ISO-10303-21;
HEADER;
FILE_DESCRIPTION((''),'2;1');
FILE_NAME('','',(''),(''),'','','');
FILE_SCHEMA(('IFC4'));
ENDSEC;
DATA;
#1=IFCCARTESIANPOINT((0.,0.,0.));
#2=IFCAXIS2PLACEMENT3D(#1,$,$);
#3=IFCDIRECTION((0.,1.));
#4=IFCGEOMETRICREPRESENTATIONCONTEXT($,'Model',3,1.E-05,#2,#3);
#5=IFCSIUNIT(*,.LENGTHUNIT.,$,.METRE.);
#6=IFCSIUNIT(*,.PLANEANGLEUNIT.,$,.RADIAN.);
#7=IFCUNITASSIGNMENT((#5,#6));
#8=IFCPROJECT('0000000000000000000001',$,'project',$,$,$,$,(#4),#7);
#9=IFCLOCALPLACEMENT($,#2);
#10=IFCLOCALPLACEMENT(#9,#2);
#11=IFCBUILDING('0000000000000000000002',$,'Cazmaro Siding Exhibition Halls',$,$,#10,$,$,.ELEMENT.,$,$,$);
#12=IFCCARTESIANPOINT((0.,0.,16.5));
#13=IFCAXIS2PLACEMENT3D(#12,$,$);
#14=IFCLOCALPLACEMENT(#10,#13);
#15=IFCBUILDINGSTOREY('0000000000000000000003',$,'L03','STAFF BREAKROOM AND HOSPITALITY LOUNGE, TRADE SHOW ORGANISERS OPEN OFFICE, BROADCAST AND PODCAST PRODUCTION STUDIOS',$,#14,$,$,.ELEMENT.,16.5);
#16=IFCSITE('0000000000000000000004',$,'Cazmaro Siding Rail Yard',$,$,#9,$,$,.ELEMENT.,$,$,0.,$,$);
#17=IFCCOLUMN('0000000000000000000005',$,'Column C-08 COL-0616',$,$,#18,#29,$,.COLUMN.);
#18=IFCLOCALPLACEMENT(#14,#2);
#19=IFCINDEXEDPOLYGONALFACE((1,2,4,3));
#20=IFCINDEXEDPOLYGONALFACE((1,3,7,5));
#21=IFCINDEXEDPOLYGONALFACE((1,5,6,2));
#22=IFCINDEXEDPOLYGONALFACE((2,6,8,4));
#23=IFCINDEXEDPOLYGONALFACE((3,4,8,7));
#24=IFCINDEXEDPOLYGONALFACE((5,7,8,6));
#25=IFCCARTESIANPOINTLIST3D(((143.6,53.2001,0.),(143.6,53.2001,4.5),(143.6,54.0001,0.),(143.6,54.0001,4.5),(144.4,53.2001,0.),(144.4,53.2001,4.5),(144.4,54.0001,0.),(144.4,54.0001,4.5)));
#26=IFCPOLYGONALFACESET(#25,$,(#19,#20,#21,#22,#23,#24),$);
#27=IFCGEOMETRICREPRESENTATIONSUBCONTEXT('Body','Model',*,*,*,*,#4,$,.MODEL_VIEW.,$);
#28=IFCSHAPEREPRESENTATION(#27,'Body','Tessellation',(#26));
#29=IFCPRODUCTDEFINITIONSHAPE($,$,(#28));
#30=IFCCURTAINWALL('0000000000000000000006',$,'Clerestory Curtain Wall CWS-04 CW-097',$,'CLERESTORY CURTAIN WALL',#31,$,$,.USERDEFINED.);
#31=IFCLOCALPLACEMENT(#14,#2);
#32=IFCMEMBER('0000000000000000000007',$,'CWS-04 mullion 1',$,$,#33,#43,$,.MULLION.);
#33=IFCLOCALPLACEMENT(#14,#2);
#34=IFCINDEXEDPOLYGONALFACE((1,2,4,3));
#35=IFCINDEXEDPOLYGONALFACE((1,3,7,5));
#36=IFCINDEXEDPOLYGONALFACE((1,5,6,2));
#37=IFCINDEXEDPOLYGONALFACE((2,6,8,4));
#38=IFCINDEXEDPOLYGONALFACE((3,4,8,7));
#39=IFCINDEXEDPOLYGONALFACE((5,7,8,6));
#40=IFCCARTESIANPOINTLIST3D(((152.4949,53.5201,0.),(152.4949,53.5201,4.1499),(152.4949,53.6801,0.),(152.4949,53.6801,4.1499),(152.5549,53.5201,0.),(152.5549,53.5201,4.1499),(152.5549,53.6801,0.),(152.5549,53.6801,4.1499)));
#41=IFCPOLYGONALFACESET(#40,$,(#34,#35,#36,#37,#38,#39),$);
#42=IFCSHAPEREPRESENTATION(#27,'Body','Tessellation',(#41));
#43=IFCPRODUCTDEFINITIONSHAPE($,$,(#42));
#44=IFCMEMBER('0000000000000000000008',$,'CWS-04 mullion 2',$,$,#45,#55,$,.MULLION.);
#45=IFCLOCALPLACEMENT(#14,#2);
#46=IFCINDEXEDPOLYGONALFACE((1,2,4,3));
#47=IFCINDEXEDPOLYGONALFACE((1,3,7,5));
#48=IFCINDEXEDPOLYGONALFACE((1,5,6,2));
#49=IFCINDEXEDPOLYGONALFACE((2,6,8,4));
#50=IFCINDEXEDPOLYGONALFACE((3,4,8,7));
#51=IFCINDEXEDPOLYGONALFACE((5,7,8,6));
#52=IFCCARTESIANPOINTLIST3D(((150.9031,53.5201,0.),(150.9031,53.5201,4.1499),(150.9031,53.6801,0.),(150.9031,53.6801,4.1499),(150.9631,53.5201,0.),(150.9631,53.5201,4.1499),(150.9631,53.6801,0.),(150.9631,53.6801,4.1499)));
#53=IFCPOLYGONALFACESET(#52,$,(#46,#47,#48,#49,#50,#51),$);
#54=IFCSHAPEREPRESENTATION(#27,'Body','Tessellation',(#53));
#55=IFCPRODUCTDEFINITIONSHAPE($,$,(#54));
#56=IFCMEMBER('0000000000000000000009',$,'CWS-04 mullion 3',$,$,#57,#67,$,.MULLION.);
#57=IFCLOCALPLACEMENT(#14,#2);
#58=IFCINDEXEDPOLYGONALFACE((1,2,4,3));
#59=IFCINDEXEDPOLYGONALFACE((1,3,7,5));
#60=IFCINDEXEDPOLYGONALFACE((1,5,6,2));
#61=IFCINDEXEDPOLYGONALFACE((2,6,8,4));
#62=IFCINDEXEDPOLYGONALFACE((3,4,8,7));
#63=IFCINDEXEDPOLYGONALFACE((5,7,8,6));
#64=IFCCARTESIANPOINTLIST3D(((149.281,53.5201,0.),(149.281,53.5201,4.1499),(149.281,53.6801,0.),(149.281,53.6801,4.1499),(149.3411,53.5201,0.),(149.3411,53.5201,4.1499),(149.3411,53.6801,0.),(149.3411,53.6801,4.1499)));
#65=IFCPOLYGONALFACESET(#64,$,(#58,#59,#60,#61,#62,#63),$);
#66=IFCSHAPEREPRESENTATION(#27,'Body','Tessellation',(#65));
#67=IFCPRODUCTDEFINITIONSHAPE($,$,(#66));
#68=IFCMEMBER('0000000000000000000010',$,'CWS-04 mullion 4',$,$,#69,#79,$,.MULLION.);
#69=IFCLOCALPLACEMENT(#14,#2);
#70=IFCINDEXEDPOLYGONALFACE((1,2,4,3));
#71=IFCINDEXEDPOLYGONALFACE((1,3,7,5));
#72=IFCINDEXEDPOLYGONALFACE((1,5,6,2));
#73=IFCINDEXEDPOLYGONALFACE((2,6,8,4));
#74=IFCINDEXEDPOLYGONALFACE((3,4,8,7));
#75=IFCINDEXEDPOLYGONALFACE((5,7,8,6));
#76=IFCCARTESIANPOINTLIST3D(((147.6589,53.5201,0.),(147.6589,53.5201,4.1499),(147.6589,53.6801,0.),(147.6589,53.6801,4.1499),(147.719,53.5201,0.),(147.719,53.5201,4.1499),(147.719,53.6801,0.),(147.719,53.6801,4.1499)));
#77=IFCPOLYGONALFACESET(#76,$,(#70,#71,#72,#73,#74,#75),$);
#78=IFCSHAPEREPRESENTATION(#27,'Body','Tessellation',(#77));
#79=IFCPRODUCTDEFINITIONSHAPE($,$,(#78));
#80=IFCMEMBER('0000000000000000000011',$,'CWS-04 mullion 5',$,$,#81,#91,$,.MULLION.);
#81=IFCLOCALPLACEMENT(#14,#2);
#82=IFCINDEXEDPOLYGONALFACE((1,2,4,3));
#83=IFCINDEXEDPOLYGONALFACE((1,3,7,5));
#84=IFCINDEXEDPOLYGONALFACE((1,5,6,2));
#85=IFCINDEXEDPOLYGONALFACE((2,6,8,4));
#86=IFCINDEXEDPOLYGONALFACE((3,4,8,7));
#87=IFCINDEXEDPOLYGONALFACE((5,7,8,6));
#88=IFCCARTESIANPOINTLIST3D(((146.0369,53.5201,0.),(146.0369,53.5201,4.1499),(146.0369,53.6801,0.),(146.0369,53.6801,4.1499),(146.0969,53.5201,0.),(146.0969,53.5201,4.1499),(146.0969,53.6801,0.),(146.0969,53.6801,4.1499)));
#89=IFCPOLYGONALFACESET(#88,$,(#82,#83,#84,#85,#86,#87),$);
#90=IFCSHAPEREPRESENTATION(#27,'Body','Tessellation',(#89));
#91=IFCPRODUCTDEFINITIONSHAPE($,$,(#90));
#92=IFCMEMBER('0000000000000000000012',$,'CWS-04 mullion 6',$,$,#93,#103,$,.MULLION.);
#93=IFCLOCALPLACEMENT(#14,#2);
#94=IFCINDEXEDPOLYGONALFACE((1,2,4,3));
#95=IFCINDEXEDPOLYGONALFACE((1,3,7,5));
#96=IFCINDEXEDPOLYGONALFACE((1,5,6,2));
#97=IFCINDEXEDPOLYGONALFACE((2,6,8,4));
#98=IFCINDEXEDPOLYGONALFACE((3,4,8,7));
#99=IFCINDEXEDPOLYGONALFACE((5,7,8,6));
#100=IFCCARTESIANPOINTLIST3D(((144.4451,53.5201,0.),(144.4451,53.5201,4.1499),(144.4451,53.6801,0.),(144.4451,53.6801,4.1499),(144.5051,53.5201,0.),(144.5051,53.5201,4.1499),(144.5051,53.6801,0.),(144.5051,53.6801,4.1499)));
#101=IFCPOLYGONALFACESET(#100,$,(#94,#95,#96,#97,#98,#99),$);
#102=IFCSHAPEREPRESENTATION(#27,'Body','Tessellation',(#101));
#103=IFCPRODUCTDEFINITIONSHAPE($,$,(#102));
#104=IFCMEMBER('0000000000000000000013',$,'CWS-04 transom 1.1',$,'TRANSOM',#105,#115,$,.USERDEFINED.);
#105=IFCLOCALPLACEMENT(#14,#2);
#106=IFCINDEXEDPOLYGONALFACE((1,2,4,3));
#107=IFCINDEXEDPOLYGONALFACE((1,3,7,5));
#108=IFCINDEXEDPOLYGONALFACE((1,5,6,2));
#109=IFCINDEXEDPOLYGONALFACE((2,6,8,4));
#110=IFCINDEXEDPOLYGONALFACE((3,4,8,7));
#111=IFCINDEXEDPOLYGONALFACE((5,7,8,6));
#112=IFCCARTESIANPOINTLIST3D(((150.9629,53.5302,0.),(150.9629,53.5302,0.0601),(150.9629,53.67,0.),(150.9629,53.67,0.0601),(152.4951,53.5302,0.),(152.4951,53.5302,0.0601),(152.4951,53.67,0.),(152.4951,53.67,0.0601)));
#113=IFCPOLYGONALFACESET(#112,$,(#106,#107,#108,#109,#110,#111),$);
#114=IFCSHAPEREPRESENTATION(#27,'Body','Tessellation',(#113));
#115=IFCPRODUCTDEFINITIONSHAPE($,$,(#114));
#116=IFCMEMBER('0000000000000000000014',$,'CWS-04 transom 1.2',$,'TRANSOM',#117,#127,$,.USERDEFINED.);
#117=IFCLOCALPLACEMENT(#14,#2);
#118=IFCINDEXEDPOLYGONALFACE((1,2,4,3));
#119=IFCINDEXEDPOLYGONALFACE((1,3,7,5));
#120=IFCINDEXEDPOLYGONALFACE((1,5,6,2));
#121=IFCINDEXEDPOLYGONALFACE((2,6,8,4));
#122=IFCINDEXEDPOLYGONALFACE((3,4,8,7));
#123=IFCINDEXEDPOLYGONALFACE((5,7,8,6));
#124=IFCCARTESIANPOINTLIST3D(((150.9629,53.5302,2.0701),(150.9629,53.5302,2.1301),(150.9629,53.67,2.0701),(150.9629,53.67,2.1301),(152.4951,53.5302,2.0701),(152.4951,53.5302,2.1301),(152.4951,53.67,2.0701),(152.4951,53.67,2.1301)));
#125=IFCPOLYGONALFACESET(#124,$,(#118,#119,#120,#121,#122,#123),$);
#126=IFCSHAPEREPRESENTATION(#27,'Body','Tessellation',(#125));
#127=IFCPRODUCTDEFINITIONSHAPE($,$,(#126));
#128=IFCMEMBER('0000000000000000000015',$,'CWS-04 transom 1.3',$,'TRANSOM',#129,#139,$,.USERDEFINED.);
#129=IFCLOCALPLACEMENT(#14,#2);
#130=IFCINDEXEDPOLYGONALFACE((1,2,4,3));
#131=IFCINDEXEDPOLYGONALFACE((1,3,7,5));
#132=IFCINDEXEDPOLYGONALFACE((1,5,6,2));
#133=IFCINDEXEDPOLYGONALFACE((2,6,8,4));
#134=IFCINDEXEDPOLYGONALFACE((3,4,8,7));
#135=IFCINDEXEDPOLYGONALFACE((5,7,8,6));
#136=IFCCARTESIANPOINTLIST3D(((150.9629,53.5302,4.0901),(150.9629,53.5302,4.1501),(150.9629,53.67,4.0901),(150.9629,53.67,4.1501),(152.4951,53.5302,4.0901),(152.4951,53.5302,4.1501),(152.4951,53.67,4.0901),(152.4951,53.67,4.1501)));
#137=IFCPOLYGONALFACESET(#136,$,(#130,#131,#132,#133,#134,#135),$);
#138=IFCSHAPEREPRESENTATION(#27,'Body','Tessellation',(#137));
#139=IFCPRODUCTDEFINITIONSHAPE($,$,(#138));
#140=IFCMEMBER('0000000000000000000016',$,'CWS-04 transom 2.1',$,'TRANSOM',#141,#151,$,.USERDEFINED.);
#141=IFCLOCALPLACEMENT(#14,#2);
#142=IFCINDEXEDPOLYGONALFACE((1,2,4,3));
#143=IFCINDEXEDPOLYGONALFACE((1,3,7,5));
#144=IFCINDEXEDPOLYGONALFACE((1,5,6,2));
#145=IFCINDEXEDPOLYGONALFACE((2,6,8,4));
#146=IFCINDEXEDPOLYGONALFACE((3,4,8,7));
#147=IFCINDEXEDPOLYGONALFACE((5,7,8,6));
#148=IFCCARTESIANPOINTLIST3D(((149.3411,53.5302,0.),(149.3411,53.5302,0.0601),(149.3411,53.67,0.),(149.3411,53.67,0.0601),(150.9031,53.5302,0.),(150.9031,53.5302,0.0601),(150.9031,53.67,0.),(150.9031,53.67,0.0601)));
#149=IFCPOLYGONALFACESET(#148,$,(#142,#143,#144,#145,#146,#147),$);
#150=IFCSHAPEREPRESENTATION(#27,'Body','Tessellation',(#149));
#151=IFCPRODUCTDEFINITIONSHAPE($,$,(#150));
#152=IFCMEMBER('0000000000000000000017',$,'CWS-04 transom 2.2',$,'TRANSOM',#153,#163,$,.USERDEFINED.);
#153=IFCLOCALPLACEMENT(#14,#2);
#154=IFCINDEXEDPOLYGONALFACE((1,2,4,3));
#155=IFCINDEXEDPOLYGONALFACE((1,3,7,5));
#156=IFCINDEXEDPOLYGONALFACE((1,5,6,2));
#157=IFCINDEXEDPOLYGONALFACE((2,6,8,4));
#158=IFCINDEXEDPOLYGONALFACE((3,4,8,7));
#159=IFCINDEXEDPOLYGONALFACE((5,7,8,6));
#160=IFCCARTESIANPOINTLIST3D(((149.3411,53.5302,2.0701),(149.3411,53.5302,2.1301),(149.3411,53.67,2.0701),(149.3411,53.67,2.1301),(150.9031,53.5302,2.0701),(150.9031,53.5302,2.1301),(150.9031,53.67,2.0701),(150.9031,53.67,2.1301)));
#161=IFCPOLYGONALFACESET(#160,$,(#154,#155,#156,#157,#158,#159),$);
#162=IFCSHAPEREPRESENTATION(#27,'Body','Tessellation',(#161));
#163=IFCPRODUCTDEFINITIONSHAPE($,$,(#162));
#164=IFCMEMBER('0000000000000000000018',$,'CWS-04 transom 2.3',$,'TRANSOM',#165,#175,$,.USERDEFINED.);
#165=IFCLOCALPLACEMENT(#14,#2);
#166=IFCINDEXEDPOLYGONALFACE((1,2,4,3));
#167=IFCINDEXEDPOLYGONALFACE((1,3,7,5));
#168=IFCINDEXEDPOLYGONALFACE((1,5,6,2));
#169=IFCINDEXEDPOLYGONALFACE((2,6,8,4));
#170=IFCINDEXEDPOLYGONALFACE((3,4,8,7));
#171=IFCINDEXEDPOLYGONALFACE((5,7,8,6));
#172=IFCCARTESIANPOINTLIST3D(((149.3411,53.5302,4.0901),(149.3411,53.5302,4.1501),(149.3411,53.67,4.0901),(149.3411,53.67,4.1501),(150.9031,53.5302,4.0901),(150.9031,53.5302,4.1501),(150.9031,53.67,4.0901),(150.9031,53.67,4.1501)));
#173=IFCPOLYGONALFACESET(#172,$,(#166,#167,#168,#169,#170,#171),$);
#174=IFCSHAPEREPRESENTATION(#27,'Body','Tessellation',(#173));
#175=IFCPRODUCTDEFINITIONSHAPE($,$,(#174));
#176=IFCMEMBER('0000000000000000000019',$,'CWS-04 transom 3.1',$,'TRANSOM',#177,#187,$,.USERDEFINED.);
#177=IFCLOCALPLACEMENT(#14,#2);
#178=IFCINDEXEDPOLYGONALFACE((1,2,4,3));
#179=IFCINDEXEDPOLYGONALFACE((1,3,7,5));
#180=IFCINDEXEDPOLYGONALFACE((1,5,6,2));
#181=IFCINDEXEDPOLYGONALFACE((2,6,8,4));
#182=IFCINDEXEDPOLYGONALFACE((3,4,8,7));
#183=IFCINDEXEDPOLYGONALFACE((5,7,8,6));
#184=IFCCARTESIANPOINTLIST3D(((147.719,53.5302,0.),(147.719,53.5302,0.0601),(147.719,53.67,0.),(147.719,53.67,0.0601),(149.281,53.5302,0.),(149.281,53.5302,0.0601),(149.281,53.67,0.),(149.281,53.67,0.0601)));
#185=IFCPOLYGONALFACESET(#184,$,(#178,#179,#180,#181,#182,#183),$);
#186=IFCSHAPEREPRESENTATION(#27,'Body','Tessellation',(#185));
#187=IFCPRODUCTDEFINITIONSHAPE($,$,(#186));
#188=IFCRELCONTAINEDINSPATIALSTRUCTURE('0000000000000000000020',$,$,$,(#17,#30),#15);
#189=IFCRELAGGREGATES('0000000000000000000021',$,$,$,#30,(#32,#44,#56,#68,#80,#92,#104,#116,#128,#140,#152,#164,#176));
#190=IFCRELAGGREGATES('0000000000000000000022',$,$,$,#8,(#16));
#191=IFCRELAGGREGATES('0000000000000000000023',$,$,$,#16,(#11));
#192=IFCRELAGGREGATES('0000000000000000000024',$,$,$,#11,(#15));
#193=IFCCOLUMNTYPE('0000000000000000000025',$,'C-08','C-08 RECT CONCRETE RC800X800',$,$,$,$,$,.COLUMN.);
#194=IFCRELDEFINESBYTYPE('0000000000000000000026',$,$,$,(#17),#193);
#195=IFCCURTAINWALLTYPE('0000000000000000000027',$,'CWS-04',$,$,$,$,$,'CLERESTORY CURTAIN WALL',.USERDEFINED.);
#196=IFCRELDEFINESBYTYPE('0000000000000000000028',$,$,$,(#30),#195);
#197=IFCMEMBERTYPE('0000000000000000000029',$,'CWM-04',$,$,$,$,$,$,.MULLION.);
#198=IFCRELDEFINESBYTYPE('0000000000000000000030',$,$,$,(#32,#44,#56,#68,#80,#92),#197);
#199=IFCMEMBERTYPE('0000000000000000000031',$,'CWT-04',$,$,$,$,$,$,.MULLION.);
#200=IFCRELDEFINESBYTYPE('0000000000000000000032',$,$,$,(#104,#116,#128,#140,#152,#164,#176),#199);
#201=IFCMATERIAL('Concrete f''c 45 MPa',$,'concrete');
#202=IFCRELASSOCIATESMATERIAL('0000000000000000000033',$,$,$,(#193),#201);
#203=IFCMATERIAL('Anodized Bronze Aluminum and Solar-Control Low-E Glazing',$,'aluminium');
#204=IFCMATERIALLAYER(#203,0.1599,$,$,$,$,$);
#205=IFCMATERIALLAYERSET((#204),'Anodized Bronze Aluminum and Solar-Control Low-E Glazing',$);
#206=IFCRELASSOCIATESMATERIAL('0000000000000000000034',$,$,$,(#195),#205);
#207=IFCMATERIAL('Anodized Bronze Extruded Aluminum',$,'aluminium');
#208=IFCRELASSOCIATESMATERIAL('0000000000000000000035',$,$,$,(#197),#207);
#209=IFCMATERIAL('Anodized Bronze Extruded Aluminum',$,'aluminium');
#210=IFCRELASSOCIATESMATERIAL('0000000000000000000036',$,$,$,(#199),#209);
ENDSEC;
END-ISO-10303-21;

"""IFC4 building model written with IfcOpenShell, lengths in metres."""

from ifc_helpers import new_model, si_unit, direction, frame, origin, origin_2d, place, context, subcontext, project, spatial, rectangle, extrude, material, layer, layer_set, material_profile, profile_set, type_object, element, aggregate, save


model = new_model("IFC4")

# Units and contexts
model_context = context("Model", 3, precision=1e-05, world=origin(), true_north=direction((0.0, 1.0)))
body_context = subcontext(model_context, "Body", "Model", "MODEL_VIEW")
ifc_project = project(units=[si_unit("LENGTHUNIT", "METRE"), si_unit("PLANEANGLEUNIT", "RADIAN")], contexts=[model_context])

# Site, building, storey
site_placement = place(None, origin())
site = spatial("IfcSite", under=ifc_project, at=site_placement, Name="Cazmaro Siding Rail Yard", CompositionType="ELEMENT", RefElevation=0.0)
building_placement = place(site_placement, origin())
building = spatial("IfcBuilding", under=site, at=building_placement, Name="Cazmaro Siding Exhibition Halls", CompositionType="ELEMENT")
storey_placement = place(building_placement, frame((0.0, 0.0, 16.5)))
storey = spatial("IfcBuildingStorey", under=building, at=storey_placement, Name="L03", Description="STAFF BREAKROOM AND HOSPITALITY LOUNGE, TRADE SHOW ORGANISERS OPEN OFFICE, BROADCAST AND PODCAST PRODUCTION STUDIOS", CompositionType="ELEMENT", Elevation=16.5)

# Column
ifc_material_1 = material(Name="Concrete f'c 45 MPa", Category="concrete")
ifc_material_profile_1 = material_profile(ifc_material_1, rectangle(XDim=0.8, YDim=0.8, at=origin_2d()), Name="RC800X800")
ifc_profile_set_1 = profile_set([ifc_material_profile_1], Name="Concrete f'c 45 MPa")
column_type = type_object("IfcColumnType", Name="C-08", Description="C-08 RECT CONCRETE RC800X800", PredefinedType="COLUMN", material=ifc_profile_set_1)
column_placement = place(storey_placement, frame((144.0, 53.6001, 0.0), z_axis=(0.0, 0.0, 1.0), x_axis=(1.0, 0.0, 0.0)))
element("IfcColumn", 1, at=column_placement, inside=storey, type_object=column_type, Name="Column C-08 COL-0616", PredefinedType="COLUMN", context=body_context, shape_type="SweptSolid", body=[
    extrude(rectangle(XDim=0.8, YDim=0.8, at=origin_2d()), origin(), (0.0, 0.0, 1.0), 4.5),
])

# Curtain wall, members
ifc_material_2 = material(Name="Anodized Bronze Aluminum and Solar-Control Low-E Glazing", Category="aluminium")
ifc_layer_1 = layer(ifc_material_2, 0.1599)
ifc_layer_set_1 = layer_set([ifc_layer_1], Name="Anodized Bronze Aluminum and Solar-Control Low-E Glazing")
curtain_wall_type = type_object("IfcCurtainWallType", Name="CWS-04", ElementType="CLERESTORY CURTAIN WALL", PredefinedType="USERDEFINED", material=ifc_layer_set_1)
curtain_wall_placement = place(storey_placement, origin())
curtain_wall = element("IfcCurtainWall", 2, at=curtain_wall_placement, inside=storey, type_object=curtain_wall_type, Name="Clerestory Curtain Wall CWS-04 CW-097", ObjectType="CLERESTORY CURTAIN WALL", PredefinedType="USERDEFINED")
ifc_material_3 = material(Name="Anodized Bronze Extruded Aluminum", Category="aluminium")
ifc_material_profile_2 = material_profile(ifc_material_3, rectangle(XDim=0.1599, YDim=0.0601, at=origin_2d()), Name="CWM-04")
ifc_profile_set_2 = profile_set([ifc_material_profile_2], Name="Anodized Bronze Extruded Aluminum")
member_type_1 = type_object("IfcMemberType", Name="CWM-04", PredefinedType="MULLION", material=ifc_profile_set_2)
member_1_placement = place(storey_placement, frame((152.5249, 53.6001, 0.0), z_axis=(0.0, 0.0, 1.0), x_axis=(0.0, -1.0, 0.0)))
member_1 = element("IfcMember", 3, at=member_1_placement, type_object=member_type_1, Name="CWS-04 mullion 1", PredefinedType="MULLION", context=body_context, shape_type="SweptSolid", body=[
    extrude(rectangle(XDim=0.1599, YDim=0.0601, at=origin_2d()), origin(), (0.0, 0.0, 1.0), 4.1499),
])
member_2_placement = place(storey_placement, frame((150.9331, 53.6001, 0.0), z_axis=(0.0, 0.0, 1.0), x_axis=(0.0, -1.0, 0.0)))
member_2 = element("IfcMember", 4, at=member_2_placement, type_object=member_type_1, Name="CWS-04 mullion 2", PredefinedType="MULLION", context=body_context, shape_type="SweptSolid", body=[
    extrude(rectangle(XDim=0.1599, YDim=0.0601, at=origin_2d()), origin(), (0.0, 0.0, 1.0), 4.1499),
])
member_3_placement = place(storey_placement, frame((149.311, 53.6001, 0.0), z_axis=(0.0, 0.0, 1.0), x_axis=(0.0, -1.0, 0.0)))
member_3 = element("IfcMember", 5, at=member_3_placement, type_object=member_type_1, Name="CWS-04 mullion 3", PredefinedType="MULLION", context=body_context, shape_type="SweptSolid", body=[
    extrude(rectangle(XDim=0.1599, YDim=0.0601, at=origin_2d()), origin(), (0.0, 0.0, 1.0), 4.1499),
])
member_4_placement = place(storey_placement, frame((147.689, 53.6001, 0.0), z_axis=(0.0, 0.0, 1.0), x_axis=(0.0, -1.0, 0.0)))
member_4 = element("IfcMember", 6, at=member_4_placement, type_object=member_type_1, Name="CWS-04 mullion 4", PredefinedType="MULLION", context=body_context, shape_type="SweptSolid", body=[
    extrude(rectangle(XDim=0.1599, YDim=0.0601, at=origin_2d()), origin(), (0.0, 0.0, 1.0), 4.1499),
])
member_5_placement = place(storey_placement, frame((146.0669, 53.6001, 0.0), z_axis=(0.0, 0.0, 1.0), x_axis=(0.0, -1.0, 0.0)))
member_5 = element("IfcMember", 7, at=member_5_placement, type_object=member_type_1, Name="CWS-04 mullion 5", PredefinedType="MULLION", context=body_context, shape_type="SweptSolid", body=[
    extrude(rectangle(XDim=0.1599, YDim=0.0601, at=origin_2d()), origin(), (0.0, 0.0, 1.0), 4.1499),
])
member_6_placement = place(storey_placement, frame((144.4751, 53.6001, 0.0), z_axis=(0.0, 0.0, 1.0), x_axis=(0.0, -1.0, 0.0)))
member_6 = element("IfcMember", 8, at=member_6_placement, type_object=member_type_1, Name="CWS-04 mullion 6", PredefinedType="MULLION", context=body_context, shape_type="SweptSolid", body=[
    extrude(rectangle(XDim=0.1599, YDim=0.0601, at=origin_2d()), origin(), (0.0, 0.0, 1.0), 4.1499),
])
ifc_material_4 = material(Name="Anodized Bronze Extruded Aluminum", Category="aluminium")
ifc_material_profile_3 = material_profile(ifc_material_4, rectangle(XDim=0.1399, YDim=0.0601, at=origin_2d()), Name="CWT-04")
ifc_profile_set_3 = profile_set([ifc_material_profile_3], Name="Anodized Bronze Extruded Aluminum")
member_type_2 = type_object("IfcMemberType", Name="CWT-04", PredefinedType="MULLION", material=ifc_profile_set_3)
member_7_placement = place(storey_placement, frame((152.4951, 53.6001, 0.03), z_axis=(-1.0, 0.0, 0.0), x_axis=(0.0, -1.0, 0.0)))
member_7 = element("IfcMember", 9, at=member_7_placement, type_object=member_type_2, Name="CWS-04 transom 1.1", ObjectType="TRANSOM", PredefinedType="USERDEFINED", context=body_context, shape_type="SweptSolid", body=[
    extrude(rectangle(XDim=0.1399, YDim=0.0601, at=origin_2d()), origin(), (0.0, 0.0, 1.0), 1.5322),
])
member_8_placement = place(storey_placement, frame((152.4951, 53.6001, 2.1001), z_axis=(-1.0, 0.0, 0.0), x_axis=(0.0, -1.0, 0.0)))
member_8 = element("IfcMember", 10, at=member_8_placement, type_object=member_type_2, Name="CWS-04 transom 1.2", ObjectType="TRANSOM", PredefinedType="USERDEFINED", context=body_context, shape_type="SweptSolid", body=[
    extrude(rectangle(XDim=0.1399, YDim=0.0601, at=origin_2d()), origin(), (0.0, 0.0, 1.0), 1.5322),
])
member_9_placement = place(storey_placement, frame((152.4951, 53.6001, 4.1201), z_axis=(-1.0, 0.0, 0.0), x_axis=(0.0, -1.0, 0.0)))
member_9 = element("IfcMember", 11, at=member_9_placement, type_object=member_type_2, Name="CWS-04 transom 1.3", ObjectType="TRANSOM", PredefinedType="USERDEFINED", context=body_context, shape_type="SweptSolid", body=[
    extrude(rectangle(XDim=0.1399, YDim=0.0601, at=origin_2d()), origin(), (0.0, 0.0, 1.0), 1.5322),
])
member_10_placement = place(storey_placement, frame((150.9031, 53.6001, 0.03), z_axis=(-1.0, 0.0, 0.0), x_axis=(0.0, -1.0, 0.0)))
member_10 = element("IfcMember", 12, at=member_10_placement, type_object=member_type_2, Name="CWS-04 transom 2.1", ObjectType="TRANSOM", PredefinedType="USERDEFINED", context=body_context, shape_type="SweptSolid", body=[
    extrude(rectangle(XDim=0.1399, YDim=0.0601, at=origin_2d()), origin(), (0.0, 0.0, 1.0), 1.562),
])
member_11_placement = place(storey_placement, frame((150.9031, 53.6001, 2.1001), z_axis=(-1.0, 0.0, 0.0), x_axis=(0.0, -1.0, 0.0)))
member_11 = element("IfcMember", 13, at=member_11_placement, type_object=member_type_2, Name="CWS-04 transom 2.2", ObjectType="TRANSOM", PredefinedType="USERDEFINED", context=body_context, shape_type="SweptSolid", body=[
    extrude(rectangle(XDim=0.1399, YDim=0.0601, at=origin_2d()), origin(), (0.0, 0.0, 1.0), 1.562),
])
member_12_placement = place(storey_placement, frame((150.9031, 53.6001, 4.1201), z_axis=(-1.0, 0.0, 0.0), x_axis=(0.0, -1.0, 0.0)))
member_12 = element("IfcMember", 14, at=member_12_placement, type_object=member_type_2, Name="CWS-04 transom 2.3", ObjectType="TRANSOM", PredefinedType="USERDEFINED", context=body_context, shape_type="SweptSolid", body=[
    extrude(rectangle(XDim=0.1399, YDim=0.0601, at=origin_2d()), origin(), (0.0, 0.0, 1.0), 1.562),
])
member_13_placement = place(storey_placement, frame((149.281, 53.6001, 0.03), z_axis=(-1.0, 0.0, 0.0), x_axis=(0.0, -1.0, 0.0)))
member_13 = element("IfcMember", 15, at=member_13_placement, type_object=member_type_2, Name="CWS-04 transom 3.1", ObjectType="TRANSOM", PredefinedType="USERDEFINED", context=body_context, shape_type="SweptSolid", body=[
    extrude(rectangle(XDim=0.1399, YDim=0.0601, at=origin_2d()), origin(), (0.0, 0.0, 1.0), 1.562),
])

aggregate(curtain_wall, [member_1, member_2, member_3, member_4, member_5, member_6, member_7, member_8, member_9, member_10, member_11, member_12, member_13])

save(model, "model.ifc")
